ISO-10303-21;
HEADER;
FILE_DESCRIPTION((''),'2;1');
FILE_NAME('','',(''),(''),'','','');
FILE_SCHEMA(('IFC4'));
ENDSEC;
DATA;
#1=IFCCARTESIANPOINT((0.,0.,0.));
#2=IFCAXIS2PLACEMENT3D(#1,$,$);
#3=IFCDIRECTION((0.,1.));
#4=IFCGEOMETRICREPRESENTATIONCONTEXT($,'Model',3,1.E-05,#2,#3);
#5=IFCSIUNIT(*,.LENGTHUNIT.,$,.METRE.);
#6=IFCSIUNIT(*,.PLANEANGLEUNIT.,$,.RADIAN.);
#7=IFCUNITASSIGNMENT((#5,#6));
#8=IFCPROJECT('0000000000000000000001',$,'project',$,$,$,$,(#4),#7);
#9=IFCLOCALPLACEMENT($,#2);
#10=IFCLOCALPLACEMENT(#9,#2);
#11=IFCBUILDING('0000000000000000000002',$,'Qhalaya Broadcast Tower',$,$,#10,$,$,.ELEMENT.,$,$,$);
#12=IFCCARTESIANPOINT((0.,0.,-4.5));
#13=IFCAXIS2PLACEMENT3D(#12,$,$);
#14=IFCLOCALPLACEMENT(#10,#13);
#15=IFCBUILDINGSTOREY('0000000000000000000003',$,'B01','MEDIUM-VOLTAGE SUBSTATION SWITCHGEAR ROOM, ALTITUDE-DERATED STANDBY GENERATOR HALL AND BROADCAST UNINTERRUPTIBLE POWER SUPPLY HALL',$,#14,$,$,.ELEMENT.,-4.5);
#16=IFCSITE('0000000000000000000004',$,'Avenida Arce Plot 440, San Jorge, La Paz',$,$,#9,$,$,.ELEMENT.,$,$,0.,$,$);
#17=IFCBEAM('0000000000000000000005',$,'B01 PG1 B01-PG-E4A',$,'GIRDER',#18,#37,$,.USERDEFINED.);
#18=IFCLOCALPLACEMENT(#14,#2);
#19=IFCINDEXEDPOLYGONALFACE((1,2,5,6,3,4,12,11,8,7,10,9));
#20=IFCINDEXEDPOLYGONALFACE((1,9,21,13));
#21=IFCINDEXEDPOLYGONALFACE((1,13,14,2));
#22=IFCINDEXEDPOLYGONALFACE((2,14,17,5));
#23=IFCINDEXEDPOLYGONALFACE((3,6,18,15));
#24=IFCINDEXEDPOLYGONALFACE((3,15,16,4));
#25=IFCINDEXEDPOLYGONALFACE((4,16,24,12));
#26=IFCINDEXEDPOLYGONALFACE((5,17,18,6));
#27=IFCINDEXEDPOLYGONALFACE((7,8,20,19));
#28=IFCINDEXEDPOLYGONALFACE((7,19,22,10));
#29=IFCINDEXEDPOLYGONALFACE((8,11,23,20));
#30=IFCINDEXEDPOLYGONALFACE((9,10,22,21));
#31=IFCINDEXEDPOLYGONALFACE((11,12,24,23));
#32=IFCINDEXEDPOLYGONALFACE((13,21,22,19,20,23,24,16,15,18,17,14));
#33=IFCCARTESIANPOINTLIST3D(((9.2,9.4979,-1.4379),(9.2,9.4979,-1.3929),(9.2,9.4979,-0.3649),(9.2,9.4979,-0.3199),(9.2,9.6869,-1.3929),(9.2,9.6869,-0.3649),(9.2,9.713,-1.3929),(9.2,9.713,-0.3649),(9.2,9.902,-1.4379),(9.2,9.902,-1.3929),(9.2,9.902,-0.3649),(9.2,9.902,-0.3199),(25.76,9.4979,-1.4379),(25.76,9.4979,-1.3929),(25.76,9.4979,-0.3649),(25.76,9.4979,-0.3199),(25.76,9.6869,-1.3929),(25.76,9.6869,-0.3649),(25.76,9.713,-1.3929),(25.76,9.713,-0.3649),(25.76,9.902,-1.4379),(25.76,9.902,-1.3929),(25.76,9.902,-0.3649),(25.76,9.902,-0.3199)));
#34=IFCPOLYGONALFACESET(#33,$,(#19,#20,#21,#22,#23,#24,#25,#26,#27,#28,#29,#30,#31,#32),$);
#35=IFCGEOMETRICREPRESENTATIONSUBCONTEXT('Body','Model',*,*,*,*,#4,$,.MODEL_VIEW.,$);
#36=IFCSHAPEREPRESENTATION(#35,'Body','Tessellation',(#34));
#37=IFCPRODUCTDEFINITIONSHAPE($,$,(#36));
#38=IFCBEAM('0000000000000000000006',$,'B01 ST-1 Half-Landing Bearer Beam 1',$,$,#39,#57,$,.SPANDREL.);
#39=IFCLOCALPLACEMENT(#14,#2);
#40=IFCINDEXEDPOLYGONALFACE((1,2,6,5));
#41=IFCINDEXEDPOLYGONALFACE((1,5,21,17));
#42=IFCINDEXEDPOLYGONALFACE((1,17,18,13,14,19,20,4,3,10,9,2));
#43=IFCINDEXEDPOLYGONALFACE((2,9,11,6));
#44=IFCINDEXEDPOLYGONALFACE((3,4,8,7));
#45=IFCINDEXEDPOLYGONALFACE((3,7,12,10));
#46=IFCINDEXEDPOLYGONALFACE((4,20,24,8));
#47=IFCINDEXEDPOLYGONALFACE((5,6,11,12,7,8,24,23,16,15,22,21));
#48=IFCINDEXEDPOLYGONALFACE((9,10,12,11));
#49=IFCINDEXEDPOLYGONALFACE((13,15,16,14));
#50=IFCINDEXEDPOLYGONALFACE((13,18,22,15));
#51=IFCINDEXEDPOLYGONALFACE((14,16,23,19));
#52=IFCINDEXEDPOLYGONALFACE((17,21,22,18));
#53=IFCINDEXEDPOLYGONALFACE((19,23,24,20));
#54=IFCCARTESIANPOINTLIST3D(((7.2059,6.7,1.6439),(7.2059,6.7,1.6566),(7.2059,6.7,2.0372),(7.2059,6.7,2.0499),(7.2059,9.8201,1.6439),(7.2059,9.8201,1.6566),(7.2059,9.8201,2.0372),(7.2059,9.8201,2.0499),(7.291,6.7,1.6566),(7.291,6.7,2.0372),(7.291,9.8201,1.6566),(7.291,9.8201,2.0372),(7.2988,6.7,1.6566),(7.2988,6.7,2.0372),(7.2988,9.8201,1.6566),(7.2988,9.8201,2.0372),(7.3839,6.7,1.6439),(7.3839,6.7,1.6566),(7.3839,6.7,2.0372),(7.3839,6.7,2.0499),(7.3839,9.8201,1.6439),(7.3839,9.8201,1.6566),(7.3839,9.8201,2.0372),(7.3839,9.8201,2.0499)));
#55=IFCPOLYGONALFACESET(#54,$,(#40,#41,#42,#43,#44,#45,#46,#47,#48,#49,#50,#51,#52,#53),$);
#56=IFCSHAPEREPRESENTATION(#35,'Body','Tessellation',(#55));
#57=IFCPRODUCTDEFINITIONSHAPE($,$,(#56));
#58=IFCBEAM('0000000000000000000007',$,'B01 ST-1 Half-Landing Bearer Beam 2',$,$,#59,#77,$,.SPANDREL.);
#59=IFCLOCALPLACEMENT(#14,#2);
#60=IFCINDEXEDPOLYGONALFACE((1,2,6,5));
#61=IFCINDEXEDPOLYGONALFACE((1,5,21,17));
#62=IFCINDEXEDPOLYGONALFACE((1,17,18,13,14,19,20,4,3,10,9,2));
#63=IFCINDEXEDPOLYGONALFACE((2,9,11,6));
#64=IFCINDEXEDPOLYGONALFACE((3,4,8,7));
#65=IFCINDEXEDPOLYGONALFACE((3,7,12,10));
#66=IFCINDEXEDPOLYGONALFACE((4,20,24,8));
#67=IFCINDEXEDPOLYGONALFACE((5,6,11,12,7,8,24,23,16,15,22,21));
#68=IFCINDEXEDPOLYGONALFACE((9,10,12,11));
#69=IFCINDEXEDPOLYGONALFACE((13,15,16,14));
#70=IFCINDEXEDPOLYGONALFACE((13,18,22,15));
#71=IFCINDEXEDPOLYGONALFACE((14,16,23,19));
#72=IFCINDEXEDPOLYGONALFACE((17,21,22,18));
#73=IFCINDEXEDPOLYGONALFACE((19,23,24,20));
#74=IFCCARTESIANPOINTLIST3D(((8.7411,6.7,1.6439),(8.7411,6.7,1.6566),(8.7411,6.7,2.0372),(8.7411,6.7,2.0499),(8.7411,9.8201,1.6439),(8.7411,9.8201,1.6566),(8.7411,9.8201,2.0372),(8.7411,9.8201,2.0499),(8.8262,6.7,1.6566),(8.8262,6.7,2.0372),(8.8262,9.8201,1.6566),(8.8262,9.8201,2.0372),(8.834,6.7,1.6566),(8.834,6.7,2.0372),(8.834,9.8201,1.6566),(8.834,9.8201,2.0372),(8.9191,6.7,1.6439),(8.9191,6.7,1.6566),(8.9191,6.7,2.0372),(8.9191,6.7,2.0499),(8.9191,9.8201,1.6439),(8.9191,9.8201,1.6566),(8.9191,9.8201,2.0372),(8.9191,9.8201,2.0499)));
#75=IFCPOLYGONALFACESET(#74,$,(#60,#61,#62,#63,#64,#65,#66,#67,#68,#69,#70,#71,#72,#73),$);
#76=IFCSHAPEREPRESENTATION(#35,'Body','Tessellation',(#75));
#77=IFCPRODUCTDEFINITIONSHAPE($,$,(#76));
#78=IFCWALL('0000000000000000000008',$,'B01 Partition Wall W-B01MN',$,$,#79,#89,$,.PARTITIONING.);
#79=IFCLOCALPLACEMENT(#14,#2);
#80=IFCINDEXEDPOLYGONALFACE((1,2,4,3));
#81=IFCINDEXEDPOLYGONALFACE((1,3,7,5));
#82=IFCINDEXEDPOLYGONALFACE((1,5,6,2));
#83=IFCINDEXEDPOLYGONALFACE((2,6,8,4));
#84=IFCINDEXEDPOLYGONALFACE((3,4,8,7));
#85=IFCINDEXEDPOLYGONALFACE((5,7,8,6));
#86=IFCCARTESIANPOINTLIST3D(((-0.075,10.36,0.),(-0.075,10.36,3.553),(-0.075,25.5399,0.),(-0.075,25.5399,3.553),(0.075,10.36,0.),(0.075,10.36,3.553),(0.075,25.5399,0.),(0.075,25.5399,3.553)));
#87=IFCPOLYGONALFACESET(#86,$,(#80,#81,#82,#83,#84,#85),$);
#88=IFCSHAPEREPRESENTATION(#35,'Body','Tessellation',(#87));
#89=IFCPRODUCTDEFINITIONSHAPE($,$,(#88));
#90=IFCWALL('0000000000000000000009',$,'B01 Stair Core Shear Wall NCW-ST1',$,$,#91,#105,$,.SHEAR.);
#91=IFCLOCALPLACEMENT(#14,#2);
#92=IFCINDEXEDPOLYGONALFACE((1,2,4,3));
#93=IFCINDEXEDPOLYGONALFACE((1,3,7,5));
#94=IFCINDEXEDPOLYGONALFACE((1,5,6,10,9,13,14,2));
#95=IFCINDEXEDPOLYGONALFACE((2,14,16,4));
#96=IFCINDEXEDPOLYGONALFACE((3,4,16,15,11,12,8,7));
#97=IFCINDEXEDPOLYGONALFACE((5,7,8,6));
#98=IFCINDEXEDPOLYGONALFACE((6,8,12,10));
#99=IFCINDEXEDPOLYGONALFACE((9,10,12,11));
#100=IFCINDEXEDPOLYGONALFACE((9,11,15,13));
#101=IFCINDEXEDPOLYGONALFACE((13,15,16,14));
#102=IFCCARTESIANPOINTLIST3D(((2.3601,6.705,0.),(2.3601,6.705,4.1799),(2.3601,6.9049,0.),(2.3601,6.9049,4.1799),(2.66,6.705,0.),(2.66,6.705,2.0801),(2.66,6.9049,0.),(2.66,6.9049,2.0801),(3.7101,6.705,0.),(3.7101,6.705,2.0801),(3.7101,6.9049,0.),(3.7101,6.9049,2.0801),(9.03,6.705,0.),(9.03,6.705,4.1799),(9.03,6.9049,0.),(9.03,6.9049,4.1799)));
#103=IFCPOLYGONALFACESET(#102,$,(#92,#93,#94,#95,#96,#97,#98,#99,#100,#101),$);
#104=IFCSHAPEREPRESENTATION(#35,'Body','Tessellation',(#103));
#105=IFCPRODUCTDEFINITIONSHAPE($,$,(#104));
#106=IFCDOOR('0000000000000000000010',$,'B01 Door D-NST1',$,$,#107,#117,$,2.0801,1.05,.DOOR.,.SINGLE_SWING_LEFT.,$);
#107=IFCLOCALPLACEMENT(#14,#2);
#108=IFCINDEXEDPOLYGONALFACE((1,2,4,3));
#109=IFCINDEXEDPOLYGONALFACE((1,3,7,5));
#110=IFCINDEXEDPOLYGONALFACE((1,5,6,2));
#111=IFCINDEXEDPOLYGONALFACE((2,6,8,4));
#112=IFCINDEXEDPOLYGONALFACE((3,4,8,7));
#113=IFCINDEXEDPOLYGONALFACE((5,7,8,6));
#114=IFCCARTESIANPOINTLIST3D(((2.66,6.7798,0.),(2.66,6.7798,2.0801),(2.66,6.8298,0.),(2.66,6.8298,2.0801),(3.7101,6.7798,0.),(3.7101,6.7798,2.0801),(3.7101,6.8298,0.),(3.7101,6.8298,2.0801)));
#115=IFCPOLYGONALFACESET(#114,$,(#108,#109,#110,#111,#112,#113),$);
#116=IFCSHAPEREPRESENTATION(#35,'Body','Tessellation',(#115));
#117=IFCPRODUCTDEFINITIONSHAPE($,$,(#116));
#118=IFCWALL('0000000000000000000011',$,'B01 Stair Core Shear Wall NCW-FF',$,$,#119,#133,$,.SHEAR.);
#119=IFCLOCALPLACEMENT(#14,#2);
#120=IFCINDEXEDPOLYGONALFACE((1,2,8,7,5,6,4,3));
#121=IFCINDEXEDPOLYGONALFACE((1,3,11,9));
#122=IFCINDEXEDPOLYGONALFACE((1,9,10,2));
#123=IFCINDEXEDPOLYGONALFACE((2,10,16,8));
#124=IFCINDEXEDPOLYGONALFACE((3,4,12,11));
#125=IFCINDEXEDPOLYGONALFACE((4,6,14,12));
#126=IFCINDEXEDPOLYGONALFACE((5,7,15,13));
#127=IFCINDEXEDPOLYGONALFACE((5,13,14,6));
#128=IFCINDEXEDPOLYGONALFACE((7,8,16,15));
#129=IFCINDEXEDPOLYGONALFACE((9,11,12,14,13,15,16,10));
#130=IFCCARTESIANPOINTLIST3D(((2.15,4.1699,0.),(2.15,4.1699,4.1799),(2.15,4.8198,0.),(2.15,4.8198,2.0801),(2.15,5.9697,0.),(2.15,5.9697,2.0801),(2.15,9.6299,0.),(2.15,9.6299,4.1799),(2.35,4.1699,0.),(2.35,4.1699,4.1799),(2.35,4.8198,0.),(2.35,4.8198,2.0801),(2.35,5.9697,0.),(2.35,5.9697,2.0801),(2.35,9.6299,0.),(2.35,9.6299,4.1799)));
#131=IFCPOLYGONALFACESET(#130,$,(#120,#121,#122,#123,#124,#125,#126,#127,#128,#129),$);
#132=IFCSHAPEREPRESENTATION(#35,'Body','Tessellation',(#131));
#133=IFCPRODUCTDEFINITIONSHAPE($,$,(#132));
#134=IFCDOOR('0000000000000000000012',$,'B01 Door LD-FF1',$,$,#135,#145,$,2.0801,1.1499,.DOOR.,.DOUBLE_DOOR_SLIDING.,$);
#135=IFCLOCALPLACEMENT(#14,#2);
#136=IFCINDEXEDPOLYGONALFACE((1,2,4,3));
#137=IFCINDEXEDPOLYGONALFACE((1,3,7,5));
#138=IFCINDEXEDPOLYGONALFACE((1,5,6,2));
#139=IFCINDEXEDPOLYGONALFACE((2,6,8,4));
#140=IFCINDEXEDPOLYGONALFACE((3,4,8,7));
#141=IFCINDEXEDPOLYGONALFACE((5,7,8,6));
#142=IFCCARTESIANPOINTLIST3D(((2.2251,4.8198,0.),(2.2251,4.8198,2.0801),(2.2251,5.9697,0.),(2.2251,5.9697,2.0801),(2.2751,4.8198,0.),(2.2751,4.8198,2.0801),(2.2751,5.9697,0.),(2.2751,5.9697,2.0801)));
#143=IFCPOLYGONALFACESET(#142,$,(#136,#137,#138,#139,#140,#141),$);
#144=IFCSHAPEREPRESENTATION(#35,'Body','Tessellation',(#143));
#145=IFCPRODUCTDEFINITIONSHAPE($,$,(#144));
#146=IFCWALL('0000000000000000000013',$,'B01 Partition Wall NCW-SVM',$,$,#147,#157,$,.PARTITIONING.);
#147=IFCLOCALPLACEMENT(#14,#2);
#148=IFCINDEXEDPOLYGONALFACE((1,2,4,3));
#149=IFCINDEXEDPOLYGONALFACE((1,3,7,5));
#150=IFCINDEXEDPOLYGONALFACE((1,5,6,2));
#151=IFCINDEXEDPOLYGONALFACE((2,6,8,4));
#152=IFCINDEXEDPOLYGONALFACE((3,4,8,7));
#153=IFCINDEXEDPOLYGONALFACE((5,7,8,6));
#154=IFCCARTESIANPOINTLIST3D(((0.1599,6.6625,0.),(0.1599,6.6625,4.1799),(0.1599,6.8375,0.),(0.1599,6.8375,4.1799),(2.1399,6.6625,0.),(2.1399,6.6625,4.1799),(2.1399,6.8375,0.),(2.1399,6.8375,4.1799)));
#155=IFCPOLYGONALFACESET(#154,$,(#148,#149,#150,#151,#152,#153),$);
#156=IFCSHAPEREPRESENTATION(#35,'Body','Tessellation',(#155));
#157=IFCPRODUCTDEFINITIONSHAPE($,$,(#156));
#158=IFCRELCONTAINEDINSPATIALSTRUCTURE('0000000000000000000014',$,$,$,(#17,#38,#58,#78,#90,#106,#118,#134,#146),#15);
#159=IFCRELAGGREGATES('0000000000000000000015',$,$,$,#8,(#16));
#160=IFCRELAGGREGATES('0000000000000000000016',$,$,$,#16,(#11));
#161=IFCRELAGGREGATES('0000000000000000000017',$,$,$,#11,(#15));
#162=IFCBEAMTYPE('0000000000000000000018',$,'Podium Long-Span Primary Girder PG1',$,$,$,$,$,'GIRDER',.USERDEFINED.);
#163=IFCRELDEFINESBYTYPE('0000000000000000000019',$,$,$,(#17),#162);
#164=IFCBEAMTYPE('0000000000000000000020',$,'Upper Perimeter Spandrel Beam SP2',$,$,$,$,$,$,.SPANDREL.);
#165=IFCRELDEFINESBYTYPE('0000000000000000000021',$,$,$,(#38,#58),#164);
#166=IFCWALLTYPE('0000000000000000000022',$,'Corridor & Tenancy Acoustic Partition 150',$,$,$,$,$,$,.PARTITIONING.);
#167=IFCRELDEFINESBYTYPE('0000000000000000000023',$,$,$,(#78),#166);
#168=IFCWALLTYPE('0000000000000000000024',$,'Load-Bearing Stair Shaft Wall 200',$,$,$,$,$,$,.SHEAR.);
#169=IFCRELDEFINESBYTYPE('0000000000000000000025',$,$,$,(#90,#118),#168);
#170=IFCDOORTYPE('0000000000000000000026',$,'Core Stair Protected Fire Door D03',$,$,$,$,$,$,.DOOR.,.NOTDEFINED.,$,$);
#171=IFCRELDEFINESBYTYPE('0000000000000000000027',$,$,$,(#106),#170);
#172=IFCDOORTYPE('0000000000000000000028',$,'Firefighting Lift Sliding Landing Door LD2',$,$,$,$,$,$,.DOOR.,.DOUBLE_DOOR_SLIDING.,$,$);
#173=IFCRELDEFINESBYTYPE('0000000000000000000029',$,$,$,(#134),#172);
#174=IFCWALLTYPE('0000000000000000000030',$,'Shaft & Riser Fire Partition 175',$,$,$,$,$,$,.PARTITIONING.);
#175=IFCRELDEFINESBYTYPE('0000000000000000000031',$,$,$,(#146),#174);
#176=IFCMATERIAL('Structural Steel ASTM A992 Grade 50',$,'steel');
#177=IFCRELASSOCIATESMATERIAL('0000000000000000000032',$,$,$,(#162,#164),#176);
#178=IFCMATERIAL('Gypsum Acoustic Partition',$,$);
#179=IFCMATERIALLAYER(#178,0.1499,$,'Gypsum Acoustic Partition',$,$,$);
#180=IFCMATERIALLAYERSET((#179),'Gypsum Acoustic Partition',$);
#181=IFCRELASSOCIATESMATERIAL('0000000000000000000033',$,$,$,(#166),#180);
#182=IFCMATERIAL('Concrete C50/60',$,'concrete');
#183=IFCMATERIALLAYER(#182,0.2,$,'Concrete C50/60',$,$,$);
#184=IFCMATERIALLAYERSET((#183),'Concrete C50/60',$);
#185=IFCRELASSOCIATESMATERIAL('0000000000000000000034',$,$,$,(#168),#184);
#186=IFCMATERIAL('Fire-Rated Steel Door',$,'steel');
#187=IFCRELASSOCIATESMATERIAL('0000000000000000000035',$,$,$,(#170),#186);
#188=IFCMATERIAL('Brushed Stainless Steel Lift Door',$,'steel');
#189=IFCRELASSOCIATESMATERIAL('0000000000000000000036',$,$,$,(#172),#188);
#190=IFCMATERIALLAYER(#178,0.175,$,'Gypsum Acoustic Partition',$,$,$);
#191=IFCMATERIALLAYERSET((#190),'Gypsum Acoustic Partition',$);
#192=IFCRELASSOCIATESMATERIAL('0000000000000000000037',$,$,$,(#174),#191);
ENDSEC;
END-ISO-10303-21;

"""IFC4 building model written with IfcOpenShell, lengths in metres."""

from ifc_helpers import new_model, si_unit, direction, frame, frame_2d, origin, origin_2d, place, context, subcontext, project, spatial, rectangle, i_section, extrude, material, layer, layer_set, material_profile, profile_set, type_object, element, fill, save


model = new_model("IFC4")

# Units and contexts
model_context = context("Model", 3, precision=1e-05, world=origin(), true_north=direction((0.0, 1.0)))
body_context = subcontext(model_context, "Body", "Model", "MODEL_VIEW")
ifc_project = project(units=[si_unit("LENGTHUNIT", "METRE"), si_unit("PLANEANGLEUNIT", "RADIAN")], contexts=[model_context])

# Site, building, storey
site_placement = place(None, origin())
site = spatial("IfcSite", under=ifc_project, at=site_placement, Name="Avenida Arce Plot 440, San Jorge, La Paz", CompositionType="ELEMENT", RefElevation=0.0)
building_placement = place(site_placement, origin())
building = spatial("IfcBuilding", under=site, at=building_placement, Name="Qhalaya Broadcast Tower", CompositionType="ELEMENT")
storey_placement = place(building_placement, frame((0.0, 0.0, -4.5)))
storey = spatial("IfcBuildingStorey", under=building, at=storey_placement, Name="B01", Description="MEDIUM-VOLTAGE SUBSTATION SWITCHGEAR ROOM, ALTITUDE-DERATED STANDBY GENERATOR HALL AND BROADCAST UNINTERRUPTIBLE POWER SUPPLY HALL", CompositionType="ELEMENT", Elevation=-4.5)

# Beams
ifc_material_1 = material(Name="Structural Steel ASTM A992 Grade 50", Category="steel")
ifc_material_profile_1 = material_profile(ifc_material_1, i_section(OverallWidth=0.4041, OverallDepth=1.1179, WebThickness=0.0261, FlangeThickness=0.0449, at=origin_2d()), Name="W44X335")
ifc_profile_set_1 = profile_set([ifc_material_profile_1], Name="Structural Steel ASTM A992 Grade 50")
beam_type_1 = type_object("IfcBeamType", Name="Podium Long-Span Primary Girder PG1", ElementType="GIRDER", PredefinedType="USERDEFINED", material=ifc_profile_set_1)
beam_1_placement = place(storey_placement, frame((9.2, 9.7, -0.8789), z_axis=(1.0, 0.0, 0.0), x_axis=(0.0, 1.0, 0.0)))
element("IfcBeam", 1, at=beam_1_placement, inside=storey, type_object=beam_type_1, Name="B01 PG1 B01-PG-E4A", ObjectType="GIRDER", PredefinedType="USERDEFINED", context=body_context, shape_type="SweptSolid", body=[
    extrude(i_section(OverallWidth=0.4041, OverallDepth=1.1179, WebThickness=0.0261, FlangeThickness=0.0449, at=origin_2d()), origin(), (0.0, 0.0, 1.0), 16.5601),
])
ifc_material_profile_2 = material_profile(ifc_material_1, i_section(OverallWidth=0.178, OverallDepth=0.406, WebThickness=0.0078, FlangeThickness=0.0127, at=origin_2d()), Name="W16X40")
ifc_profile_set_2 = profile_set([ifc_material_profile_2], Name="Structural Steel ASTM A992 Grade 50")
beam_type_2 = type_object("IfcBeamType", Name="Upper Perimeter Spandrel Beam SP2", PredefinedType="SPANDREL", material=ifc_profile_set_2)
for number, where, z_axis, x_axis, name in (
    (2, (7.2949, 6.7, 1.8469), (0.0, 1.0, 0.0), (-1.0, 0.0, 0.0), "B01 ST-1 Half-Landing Bearer Beam 1"),
    (3, (8.8301, 6.7, 1.8469), (0.0, 1.0, 0.0), (-1.0, 0.0, 0.0), "B01 ST-1 Half-Landing Bearer Beam 2"),
):
    element("IfcBeam", number, at=place(storey_placement, frame(where, z_axis=z_axis, x_axis=x_axis)), inside=storey, type_object=beam_type_2, Name=name, PredefinedType="SPANDREL", context=body_context, shape_type="SweptSolid", body=[
        extrude(i_section(OverallWidth=0.178, OverallDepth=0.406, WebThickness=0.0078, FlangeThickness=0.0127, at=origin_2d()), origin(), (0.0, 0.0, 1.0), 3.1201),
    ])

# Wall
ifc_material_2 = material(Name="Gypsum Acoustic Partition")
ifc_layer_1 = layer(ifc_material_2, 0.1499, Name="Gypsum Acoustic Partition")
ifc_layer_set_1 = layer_set([ifc_layer_1], Name="Gypsum Acoustic Partition")
wall_type_1 = type_object("IfcWallType", Name="Corridor & Tenancy Acoustic Partition 150", PredefinedType="PARTITIONING", material=ifc_layer_set_1)
wall_1_placement = place(storey_placement, frame((0.0, 10.3601, 0.0), z_axis=(0.0, 0.0, 1.0), x_axis=(0.0, 1.0, 0.0)))
element("IfcWall", 4, at=wall_1_placement, inside=storey, type_object=wall_type_1, Name="B01 Partition Wall W-B01MN", PredefinedType="PARTITIONING", context=body_context, shape_type="SweptSolid", body=[
    extrude(rectangle(XDim=15.1799, YDim=0.1499, at=frame_2d((7.5898, 0.0))), origin(), (0.0, 0.0, 1.0), 3.553),
])

# Walls, openings, doors
ifc_material_3 = material(Name="Concrete C50/60", Category="concrete")
ifc_layer_2 = layer(ifc_material_3, 0.2, Name="Concrete C50/60")
ifc_layer_set_2 = layer_set([ifc_layer_2], Name="Concrete C50/60")
wall_type_2 = type_object("IfcWallType", Name="Load-Bearing Stair Shaft Wall 200", PredefinedType="SHEAR", material=ifc_layer_set_2)
wall_2_placement = place(storey_placement, frame((2.3601, 6.8049, 0.0), z_axis=(0.0, 0.0, 1.0), x_axis=(1.0, 0.0, 0.0)))
wall_2 = element("IfcWall", 5, at=wall_2_placement, inside=storey, type_object=wall_type_2, Name="B01 Stair Core Shear Wall NCW-ST1", PredefinedType="SHEAR", context=body_context, shape_type="SweptSolid", body=[
    extrude(rectangle(XDim=6.6699, YDim=0.2, at=frame_2d((3.335, 0.0))), origin(), (0.0, 0.0, 1.0), 4.1799),
])
opening_1_placement = place(wall_2_placement, frame((0.3, 0.0, 0.0)))
opening_1 = element("IfcOpeningElement", 6, at=opening_1_placement, cuts=wall_2, PredefinedType="OPENING", context=body_context, shape_type="SweptSolid", body=[
    extrude(rectangle(XDim=1.05, YDim=2.0801, at=frame_2d((0.5249, 1.04))), frame((0.0, 0.1121, 0.0), z_axis=(0.0, -1.0, 0.0), x_axis=(1.0, 0.0, 0.0)), (0.0, 0.0, 1.0), 0.2239),
])
ifc_material_4 = material(Name="Fire-Rated Steel Door", Category="steel")
door_type_1 = type_object("IfcDoorType", Name="Core Stair Protected Fire Door D03", OperationType="NOTDEFINED", PredefinedType="DOOR", material=ifc_material_4)
door_1_placement = place(opening_1_placement, origin())
door_1 = element("IfcDoor", 7, at=door_1_placement, inside=storey, type_object=door_type_1, Name="B01 Door D-NST1", OperationType="SINGLE_SWING_LEFT", OverallHeight=2.0801, OverallWidth=1.05, PredefinedType="DOOR", context=body_context, shape_type="SweptSolid", body=[
    extrude(rectangle(XDim=1.05, YDim=2.0801, at=frame_2d((0.5249, 1.04))), frame((0.0, 0.0249, 0.0), z_axis=(0.0, -1.0, 0.0), x_axis=(1.0, 0.0, 0.0)), (0.0, 0.0, 1.0), 0.05),
])
fill(opening_1, door_1)
wall_3_placement = place(storey_placement, frame((2.25, 4.1699, 0.0), z_axis=(0.0, 0.0, 1.0), x_axis=(0.0, 1.0, 0.0)))
wall_3 = element("IfcWall", 8, at=wall_3_placement, inside=storey, type_object=wall_type_2, Name="B01 Stair Core Shear Wall NCW-FF", PredefinedType="SHEAR", context=body_context, shape_type="SweptSolid", body=[
    extrude(rectangle(XDim=5.46, YDim=0.2, at=frame_2d((2.73, 0.0))), origin(), (0.0, 0.0, 1.0), 4.1799),
])
opening_2_placement = place(wall_3_placement, frame((0.6499, 0.0, 0.0)))
opening_2 = element("IfcOpeningElement", 9, at=opening_2_placement, cuts=wall_3, PredefinedType="OPENING", context=body_context, shape_type="SweptSolid", body=[
    extrude(rectangle(XDim=1.1499, YDim=2.0801, at=frame_2d((0.575, 1.04))), frame((0.0, 0.1121, 0.0), z_axis=(0.0, -1.0, 0.0), x_axis=(1.0, 0.0, 0.0)), (0.0, 0.0, 1.0), 0.2239),
])
ifc_material_5 = material(Name="Brushed Stainless Steel Lift Door", Category="steel")
door_type_2 = type_object("IfcDoorType", Name="Firefighting Lift Sliding Landing Door LD2", OperationType="DOUBLE_DOOR_SLIDING", PredefinedType="DOOR", material=ifc_material_5)
door_2_placement = place(opening_2_placement, origin())
door_2 = element("IfcDoor", 10, at=door_2_placement, inside=storey, type_object=door_type_2, Name="B01 Door LD-FF1", OperationType="DOUBLE_DOOR_SLIDING", OverallHeight=2.0801, OverallWidth=1.1499, PredefinedType="DOOR", context=body_context, shape_type="SweptSolid", body=[
    extrude(rectangle(XDim=1.1499, YDim=2.0801, at=frame_2d((0.575, 1.04))), frame((0.0, 0.0249, 0.0), z_axis=(0.0, -1.0, 0.0), x_axis=(1.0, 0.0, 0.0)), (0.0, 0.0, 1.0), 0.05),
])
fill(opening_2, door_2)
ifc_layer_3 = layer(ifc_material_2, 0.175, Name="Gypsum Acoustic Partition")
ifc_layer_set_3 = layer_set([ifc_layer_3], Name="Gypsum Acoustic Partition")
wall_type_3 = type_object("IfcWallType", Name="Shaft & Riser Fire Partition 175", PredefinedType="PARTITIONING", material=ifc_layer_set_3)

# Wall
wall_4_placement = place(storey_placement, frame((0.1599, 6.75, 0.0), z_axis=(0.0, 0.0, 1.0), x_axis=(1.0, 0.0, 0.0)))
element("IfcWall", 11, at=wall_4_placement, inside=storey, type_object=wall_type_3, Name="B01 Partition Wall NCW-SVM", PredefinedType="PARTITIONING", context=body_context, shape_type="SweptSolid", body=[
    extrude(rectangle(XDim=1.98, YDim=0.175, at=frame_2d((0.99, 0.0))), origin(), (0.0, 0.0, 1.0), 4.1799),
])

save(model, "model.ifc")
